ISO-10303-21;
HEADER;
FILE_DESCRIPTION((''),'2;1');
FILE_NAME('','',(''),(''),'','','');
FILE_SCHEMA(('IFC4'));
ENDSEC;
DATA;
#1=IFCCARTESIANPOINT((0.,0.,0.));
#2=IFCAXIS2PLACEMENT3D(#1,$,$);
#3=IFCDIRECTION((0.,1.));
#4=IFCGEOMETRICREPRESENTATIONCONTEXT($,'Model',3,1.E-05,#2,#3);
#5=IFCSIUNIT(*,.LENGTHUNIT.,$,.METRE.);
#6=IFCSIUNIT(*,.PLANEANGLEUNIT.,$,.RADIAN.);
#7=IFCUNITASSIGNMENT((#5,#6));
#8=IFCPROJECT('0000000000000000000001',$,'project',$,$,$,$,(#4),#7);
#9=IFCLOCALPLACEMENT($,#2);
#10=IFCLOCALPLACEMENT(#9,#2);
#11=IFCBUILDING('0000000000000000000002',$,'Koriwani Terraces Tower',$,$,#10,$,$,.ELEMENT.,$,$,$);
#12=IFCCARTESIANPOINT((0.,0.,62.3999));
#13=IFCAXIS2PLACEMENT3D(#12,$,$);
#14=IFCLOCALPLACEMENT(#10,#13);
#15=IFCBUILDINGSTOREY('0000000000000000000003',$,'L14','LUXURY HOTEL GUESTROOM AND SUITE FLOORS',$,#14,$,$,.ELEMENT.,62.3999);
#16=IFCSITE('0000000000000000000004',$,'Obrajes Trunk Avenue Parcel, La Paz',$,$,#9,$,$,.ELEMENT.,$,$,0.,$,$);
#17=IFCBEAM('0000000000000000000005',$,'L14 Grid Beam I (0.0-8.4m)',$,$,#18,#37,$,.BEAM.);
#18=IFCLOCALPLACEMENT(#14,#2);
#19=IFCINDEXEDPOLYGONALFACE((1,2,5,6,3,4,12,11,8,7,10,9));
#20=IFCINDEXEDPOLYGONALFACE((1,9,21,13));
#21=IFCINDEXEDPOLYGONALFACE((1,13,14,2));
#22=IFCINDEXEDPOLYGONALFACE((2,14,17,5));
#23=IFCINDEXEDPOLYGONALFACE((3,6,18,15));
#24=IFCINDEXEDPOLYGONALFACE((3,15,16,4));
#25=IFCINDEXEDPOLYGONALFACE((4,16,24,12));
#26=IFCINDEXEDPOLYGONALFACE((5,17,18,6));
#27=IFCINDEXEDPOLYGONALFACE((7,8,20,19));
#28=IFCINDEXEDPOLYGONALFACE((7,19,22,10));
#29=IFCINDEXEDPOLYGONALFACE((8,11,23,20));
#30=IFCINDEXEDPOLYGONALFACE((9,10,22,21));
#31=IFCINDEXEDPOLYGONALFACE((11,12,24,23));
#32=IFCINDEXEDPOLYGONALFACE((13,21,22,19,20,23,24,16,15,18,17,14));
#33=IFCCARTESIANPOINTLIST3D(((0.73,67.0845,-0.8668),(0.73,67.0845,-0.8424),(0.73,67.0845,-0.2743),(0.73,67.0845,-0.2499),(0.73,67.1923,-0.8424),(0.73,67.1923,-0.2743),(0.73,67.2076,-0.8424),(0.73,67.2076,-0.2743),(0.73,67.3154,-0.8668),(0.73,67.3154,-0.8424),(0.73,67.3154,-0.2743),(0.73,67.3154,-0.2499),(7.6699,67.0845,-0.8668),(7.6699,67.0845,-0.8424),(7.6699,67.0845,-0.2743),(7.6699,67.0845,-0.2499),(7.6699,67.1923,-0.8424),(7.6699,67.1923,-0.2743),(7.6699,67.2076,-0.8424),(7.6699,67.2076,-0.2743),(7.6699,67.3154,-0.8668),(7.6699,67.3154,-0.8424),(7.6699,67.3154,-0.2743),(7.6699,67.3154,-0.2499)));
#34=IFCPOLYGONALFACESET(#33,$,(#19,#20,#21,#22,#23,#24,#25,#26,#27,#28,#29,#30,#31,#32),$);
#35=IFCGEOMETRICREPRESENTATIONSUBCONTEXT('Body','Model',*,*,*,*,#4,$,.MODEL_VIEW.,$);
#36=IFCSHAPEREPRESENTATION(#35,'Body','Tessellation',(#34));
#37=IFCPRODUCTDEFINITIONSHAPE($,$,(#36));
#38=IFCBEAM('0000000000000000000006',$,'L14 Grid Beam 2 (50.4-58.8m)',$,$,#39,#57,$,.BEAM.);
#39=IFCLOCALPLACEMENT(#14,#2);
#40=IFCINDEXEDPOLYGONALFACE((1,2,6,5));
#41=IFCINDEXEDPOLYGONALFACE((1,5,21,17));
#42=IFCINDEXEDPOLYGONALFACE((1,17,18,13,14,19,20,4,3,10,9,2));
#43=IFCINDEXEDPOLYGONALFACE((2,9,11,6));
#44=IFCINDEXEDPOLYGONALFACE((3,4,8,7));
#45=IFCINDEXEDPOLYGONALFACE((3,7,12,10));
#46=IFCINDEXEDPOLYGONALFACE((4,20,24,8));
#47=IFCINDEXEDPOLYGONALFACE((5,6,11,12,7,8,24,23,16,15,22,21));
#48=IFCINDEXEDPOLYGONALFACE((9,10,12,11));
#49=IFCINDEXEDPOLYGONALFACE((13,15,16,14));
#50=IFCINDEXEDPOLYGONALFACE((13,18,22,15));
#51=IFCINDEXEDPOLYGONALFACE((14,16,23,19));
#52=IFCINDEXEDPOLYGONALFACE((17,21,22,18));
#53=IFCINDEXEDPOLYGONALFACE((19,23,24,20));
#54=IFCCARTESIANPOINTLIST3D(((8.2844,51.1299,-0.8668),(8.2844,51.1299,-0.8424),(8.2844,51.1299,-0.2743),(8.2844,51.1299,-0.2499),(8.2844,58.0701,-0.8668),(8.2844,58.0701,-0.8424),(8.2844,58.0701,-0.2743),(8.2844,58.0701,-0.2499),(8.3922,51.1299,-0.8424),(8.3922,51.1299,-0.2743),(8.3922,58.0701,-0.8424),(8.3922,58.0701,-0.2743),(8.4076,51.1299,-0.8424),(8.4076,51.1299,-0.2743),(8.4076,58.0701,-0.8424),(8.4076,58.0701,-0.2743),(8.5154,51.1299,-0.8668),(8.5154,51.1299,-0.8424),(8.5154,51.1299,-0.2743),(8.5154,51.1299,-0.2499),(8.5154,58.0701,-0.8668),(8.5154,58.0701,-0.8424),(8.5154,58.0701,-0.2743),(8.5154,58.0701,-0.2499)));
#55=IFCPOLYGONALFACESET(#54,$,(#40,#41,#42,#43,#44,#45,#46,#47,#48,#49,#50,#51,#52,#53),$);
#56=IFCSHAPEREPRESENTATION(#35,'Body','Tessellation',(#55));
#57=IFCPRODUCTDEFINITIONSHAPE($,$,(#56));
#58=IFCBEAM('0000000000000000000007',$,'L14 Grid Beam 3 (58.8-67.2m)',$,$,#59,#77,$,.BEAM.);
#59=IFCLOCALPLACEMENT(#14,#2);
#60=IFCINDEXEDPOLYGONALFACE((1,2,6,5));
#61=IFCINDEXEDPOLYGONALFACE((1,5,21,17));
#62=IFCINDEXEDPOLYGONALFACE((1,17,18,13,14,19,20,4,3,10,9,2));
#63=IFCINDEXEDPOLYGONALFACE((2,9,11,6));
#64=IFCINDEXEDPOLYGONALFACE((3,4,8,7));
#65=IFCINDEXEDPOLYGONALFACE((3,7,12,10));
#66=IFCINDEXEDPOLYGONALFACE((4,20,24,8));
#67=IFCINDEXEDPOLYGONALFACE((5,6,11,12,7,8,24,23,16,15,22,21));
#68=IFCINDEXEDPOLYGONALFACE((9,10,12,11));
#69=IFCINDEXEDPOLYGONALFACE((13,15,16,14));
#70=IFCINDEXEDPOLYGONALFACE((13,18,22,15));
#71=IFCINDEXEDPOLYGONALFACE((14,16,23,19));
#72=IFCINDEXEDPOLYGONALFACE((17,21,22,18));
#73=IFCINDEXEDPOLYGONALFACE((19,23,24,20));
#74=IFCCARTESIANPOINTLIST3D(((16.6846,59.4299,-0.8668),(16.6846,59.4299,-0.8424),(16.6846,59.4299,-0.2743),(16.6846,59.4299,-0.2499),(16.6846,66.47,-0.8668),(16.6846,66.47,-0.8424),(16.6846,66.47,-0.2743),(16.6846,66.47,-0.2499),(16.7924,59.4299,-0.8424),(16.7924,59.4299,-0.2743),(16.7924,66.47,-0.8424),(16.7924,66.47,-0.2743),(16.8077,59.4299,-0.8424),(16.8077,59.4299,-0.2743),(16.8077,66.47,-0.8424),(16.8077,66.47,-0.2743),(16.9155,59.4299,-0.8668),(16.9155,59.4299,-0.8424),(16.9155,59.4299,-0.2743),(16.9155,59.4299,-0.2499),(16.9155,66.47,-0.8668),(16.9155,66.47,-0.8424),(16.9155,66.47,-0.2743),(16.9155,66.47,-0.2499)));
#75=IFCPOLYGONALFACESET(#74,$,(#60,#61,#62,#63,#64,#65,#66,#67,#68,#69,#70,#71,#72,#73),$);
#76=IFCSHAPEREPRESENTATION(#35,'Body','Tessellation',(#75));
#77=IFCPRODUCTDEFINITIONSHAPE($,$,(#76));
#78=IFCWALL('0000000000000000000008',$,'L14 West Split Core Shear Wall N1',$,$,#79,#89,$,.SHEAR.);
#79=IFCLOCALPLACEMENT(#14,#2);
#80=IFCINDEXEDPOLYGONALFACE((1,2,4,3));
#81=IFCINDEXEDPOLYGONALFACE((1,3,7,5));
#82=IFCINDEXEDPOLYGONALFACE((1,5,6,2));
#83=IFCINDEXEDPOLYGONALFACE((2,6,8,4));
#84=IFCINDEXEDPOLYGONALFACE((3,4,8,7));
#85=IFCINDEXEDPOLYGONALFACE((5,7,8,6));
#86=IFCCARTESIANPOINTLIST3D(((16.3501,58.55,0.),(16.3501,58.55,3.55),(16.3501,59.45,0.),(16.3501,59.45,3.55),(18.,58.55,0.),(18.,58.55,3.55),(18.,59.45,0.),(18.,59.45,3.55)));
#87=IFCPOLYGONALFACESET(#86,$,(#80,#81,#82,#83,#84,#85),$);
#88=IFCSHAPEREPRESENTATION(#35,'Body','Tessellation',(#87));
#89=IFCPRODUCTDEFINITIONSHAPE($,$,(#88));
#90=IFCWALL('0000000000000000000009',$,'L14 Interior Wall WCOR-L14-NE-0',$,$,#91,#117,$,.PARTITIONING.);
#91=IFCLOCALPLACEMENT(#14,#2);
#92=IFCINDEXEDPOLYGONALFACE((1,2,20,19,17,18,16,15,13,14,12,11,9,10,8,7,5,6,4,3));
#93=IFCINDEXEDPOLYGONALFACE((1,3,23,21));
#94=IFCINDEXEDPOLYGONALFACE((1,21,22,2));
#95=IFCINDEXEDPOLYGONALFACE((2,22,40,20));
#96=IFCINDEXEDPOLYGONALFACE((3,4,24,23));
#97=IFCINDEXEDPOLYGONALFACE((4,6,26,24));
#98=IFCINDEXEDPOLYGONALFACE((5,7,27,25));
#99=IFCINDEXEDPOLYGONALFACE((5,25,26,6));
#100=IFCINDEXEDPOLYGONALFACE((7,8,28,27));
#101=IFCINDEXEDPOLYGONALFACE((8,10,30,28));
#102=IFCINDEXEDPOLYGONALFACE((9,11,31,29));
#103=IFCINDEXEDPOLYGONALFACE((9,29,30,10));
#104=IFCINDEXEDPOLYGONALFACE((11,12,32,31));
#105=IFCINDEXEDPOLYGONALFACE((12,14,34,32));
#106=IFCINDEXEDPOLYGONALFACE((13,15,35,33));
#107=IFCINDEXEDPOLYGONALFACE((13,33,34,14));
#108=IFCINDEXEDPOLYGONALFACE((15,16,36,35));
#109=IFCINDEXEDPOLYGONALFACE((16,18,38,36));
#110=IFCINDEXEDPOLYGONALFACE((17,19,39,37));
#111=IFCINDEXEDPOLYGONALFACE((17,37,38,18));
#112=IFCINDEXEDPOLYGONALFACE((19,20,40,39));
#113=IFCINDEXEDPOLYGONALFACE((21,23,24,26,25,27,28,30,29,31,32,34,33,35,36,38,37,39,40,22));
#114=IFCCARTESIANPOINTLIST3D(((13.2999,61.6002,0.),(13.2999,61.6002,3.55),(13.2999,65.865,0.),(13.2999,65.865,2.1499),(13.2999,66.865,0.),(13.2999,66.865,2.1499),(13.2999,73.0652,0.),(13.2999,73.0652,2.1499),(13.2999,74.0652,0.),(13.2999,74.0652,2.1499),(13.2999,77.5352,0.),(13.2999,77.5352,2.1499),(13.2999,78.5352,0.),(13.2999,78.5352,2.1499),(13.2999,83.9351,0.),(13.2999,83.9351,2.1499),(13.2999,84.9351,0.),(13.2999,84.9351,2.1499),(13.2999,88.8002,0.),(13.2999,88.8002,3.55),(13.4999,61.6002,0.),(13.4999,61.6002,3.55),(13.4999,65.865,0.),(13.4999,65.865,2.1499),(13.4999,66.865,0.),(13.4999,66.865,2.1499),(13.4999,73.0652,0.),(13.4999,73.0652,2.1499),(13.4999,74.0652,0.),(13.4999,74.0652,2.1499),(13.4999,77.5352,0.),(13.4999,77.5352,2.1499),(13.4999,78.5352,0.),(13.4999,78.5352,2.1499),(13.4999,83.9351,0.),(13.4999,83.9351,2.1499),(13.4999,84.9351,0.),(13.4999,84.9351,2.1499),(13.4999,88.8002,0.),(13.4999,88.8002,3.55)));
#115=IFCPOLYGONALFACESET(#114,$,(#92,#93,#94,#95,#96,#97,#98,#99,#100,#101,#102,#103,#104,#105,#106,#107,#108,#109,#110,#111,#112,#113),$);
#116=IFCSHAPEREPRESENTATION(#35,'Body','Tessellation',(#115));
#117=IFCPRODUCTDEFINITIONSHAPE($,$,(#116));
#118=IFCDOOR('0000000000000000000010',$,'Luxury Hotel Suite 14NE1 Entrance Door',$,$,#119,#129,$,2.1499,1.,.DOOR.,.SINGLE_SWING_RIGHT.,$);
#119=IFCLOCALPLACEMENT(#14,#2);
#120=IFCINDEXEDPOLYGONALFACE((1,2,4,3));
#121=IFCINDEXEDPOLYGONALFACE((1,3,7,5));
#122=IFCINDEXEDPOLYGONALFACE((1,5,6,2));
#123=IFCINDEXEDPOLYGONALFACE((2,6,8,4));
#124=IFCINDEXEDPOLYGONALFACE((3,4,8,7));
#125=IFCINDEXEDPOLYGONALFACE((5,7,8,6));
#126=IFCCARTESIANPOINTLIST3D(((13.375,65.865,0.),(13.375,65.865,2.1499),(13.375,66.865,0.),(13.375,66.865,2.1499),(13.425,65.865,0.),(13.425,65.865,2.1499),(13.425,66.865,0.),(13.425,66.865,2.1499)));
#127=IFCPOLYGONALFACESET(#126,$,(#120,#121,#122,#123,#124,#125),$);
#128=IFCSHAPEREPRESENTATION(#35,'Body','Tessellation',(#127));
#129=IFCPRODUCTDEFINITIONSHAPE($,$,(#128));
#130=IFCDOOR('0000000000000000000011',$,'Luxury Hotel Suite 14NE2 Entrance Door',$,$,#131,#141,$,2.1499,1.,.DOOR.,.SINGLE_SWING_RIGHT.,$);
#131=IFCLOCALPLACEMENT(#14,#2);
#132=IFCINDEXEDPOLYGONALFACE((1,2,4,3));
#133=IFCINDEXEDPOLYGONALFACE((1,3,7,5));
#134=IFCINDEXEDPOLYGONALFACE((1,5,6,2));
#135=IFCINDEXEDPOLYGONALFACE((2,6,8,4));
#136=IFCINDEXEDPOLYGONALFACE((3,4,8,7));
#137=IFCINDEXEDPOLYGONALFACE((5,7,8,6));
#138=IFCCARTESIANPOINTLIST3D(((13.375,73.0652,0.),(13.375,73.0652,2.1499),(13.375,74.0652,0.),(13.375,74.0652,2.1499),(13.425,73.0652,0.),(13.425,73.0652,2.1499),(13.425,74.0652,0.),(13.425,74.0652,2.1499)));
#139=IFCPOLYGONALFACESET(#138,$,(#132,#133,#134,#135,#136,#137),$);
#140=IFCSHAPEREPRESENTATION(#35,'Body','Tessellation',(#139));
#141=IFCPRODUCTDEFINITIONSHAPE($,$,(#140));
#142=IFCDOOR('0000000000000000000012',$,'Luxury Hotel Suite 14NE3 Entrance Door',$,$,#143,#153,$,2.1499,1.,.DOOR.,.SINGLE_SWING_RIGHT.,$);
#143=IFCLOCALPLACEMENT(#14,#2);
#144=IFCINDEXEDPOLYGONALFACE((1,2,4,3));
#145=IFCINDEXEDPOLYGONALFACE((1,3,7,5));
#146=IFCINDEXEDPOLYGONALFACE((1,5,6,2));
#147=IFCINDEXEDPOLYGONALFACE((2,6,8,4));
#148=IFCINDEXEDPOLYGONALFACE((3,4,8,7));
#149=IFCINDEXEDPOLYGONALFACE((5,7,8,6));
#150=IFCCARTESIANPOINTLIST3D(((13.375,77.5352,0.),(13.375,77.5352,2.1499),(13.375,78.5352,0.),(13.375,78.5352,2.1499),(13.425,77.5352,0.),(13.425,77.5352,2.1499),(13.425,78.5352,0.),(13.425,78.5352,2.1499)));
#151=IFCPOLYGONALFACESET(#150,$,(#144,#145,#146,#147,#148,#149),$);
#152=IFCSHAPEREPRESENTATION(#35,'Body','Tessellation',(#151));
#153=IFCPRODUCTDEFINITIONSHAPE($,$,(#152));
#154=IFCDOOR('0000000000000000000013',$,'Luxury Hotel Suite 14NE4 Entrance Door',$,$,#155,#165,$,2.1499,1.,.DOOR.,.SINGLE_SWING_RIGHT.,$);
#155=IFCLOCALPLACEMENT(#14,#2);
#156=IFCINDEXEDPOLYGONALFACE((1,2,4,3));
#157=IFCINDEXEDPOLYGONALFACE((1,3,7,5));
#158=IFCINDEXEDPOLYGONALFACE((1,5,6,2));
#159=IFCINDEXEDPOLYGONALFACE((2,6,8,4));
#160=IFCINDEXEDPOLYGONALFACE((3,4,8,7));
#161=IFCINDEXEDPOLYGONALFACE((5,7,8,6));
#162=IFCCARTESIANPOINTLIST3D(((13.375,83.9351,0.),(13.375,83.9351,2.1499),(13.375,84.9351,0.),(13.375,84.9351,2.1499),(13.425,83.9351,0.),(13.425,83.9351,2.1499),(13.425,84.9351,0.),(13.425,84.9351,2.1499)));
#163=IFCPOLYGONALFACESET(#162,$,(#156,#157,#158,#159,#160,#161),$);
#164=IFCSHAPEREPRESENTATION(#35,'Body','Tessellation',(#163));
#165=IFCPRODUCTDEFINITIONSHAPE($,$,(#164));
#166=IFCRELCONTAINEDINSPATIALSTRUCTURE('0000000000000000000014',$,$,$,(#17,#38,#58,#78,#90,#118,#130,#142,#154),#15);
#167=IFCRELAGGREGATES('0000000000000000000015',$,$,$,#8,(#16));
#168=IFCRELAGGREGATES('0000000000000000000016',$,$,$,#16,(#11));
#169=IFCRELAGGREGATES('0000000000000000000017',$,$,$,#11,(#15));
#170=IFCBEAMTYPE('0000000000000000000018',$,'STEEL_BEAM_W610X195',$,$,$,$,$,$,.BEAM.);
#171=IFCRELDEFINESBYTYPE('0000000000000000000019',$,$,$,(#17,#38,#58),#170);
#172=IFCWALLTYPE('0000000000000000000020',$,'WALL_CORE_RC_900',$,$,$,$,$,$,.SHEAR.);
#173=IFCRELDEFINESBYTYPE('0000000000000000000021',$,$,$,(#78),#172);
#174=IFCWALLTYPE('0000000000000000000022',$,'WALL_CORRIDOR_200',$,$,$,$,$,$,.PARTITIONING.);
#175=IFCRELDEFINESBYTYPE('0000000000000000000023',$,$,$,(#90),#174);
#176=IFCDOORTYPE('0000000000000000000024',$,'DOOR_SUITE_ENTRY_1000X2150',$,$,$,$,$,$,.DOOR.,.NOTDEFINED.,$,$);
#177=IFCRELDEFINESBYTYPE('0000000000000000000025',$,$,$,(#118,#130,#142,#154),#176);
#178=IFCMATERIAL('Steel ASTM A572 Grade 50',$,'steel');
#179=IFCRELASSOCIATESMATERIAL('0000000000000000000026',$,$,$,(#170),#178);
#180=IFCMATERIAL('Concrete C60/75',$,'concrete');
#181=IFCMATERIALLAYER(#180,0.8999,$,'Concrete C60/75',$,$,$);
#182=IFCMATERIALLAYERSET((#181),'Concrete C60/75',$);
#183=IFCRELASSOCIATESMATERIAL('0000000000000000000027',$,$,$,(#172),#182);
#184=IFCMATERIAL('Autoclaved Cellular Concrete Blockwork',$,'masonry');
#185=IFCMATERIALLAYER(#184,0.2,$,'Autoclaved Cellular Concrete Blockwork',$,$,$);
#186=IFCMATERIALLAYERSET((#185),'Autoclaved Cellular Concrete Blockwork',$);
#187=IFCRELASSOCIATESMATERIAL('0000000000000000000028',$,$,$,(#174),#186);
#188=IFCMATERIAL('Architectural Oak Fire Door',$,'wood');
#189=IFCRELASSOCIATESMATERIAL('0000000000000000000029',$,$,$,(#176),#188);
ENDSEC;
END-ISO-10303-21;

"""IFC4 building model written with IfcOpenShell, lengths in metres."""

from ifc_helpers import new_model, si_unit, direction, frame, frame_2d, origin, origin_2d, place, context, subcontext, project, spatial, rectangle, i_section, extrude, material, layer, layer_set, material_profile, profile_set, type_object, element, fill, save


model = new_model("IFC4")

# Units and contexts
model_context = context("Model", 3, precision=1e-05, world=origin(), true_north=direction((0.0, 1.0)))
body_context = subcontext(model_context, "Body", "Model", "MODEL_VIEW")
ifc_project = project(units=[si_unit("LENGTHUNIT", "METRE"), si_unit("PLANEANGLEUNIT", "RADIAN")], contexts=[model_context])

# Site, building, storey
site_placement = place(None, origin())
site = spatial("IfcSite", under=ifc_project, at=site_placement, Name="Obrajes Trunk Avenue Parcel, La Paz", CompositionType="ELEMENT", RefElevation=0.0)
building_placement = place(site_placement, origin())
building = spatial("IfcBuilding", under=site, at=building_placement, Name="Koriwani Terraces Tower", CompositionType="ELEMENT")
storey_placement = place(building_placement, frame((0.0, 0.0, 62.3999)))
storey = spatial("IfcBuildingStorey", under=building, at=storey_placement, Name="L14", Description="LUXURY HOTEL GUESTROOM AND SUITE FLOORS", CompositionType="ELEMENT", Elevation=62.3999)

# Shared definitions
ifc_material_1 = material(Name="Concrete C60/75", Category="concrete")

# Beams
ifc_material_2 = material(Name="Steel ASTM A572 Grade 50", Category="steel")
ifc_material_profile_1 = material_profile(ifc_material_2, i_section(OverallWidth=0.231, OverallDepth=0.6169, WebThickness=0.0154, FlangeThickness=0.0244, at=origin_2d()), Name="Steel ASTM A572 Grade 50", Category="LoadBearing")
ifc_profile_set_1 = profile_set([ifc_material_profile_1], Name="Steel ASTM A572 Grade 50")
beam_type_1 = type_object("IfcBeamType", Name="STEEL_BEAM_W610X195", PredefinedType="BEAM", material=ifc_profile_set_1)
beam_1_placement = place(storey_placement, frame((0.73, 67.2, -0.5583), z_axis=(1.0, 0.0, 0.0), x_axis=(0.0, 1.0, 0.0)))
element("IfcBeam", 1, at=beam_1_placement, inside=storey, type_object=beam_type_1, Name="L14 Grid Beam I (0.0-8.4m)", PredefinedType="BEAM", context=body_context, shape_type="SweptSolid", body=[
    extrude(i_section(OverallWidth=0.231, OverallDepth=0.6169, WebThickness=0.0154, FlangeThickness=0.0244, at=origin_2d()), origin(), (0.0, 0.0, 1.0), 6.9399),
])
beam_2_placement = place(storey_placement, frame((8.3999, 51.1299, -0.5583), z_axis=(0.0, 1.0, 0.0), x_axis=(-1.0, 0.0, 0.0)))
element("IfcBeam", 2, at=beam_2_placement, inside=storey, type_object=beam_type_1, Name="L14 Grid Beam 2 (50.4-58.8m)", PredefinedType="BEAM", context=body_context, shape_type="SweptSolid", body=[
    extrude(i_section(OverallWidth=0.231, OverallDepth=0.6169, WebThickness=0.0154, FlangeThickness=0.0244, at=origin_2d()), origin(), (0.0, 0.0, 1.0), 6.9402),
])
beam_3_placement = place(storey_placement, frame((16.8, 59.4299, -0.5583), z_axis=(0.0, 1.0, 0.0), x_axis=(-1.0, 0.0, 0.0)))
element("IfcBeam", 3, at=beam_3_placement, inside=storey, type_object=beam_type_1, Name="L14 Grid Beam 3 (58.8-67.2m)", PredefinedType="BEAM", context=body_context, shape_type="SweptSolid", body=[
    extrude(i_section(OverallWidth=0.231, OverallDepth=0.6169, WebThickness=0.0154, FlangeThickness=0.0244, at=origin_2d()), origin(), (0.0, 0.0, 1.0), 7.04),
])

# Wall
ifc_layer_1 = layer(ifc_material_1, 0.8999, Name="Concrete C60/75")
ifc_layer_set_1 = layer_set([ifc_layer_1], Name="Concrete C60/75")
wall_type_1 = type_object("IfcWallType", Name="WALL_CORE_RC_900", PredefinedType="SHEAR", material=ifc_layer_set_1)
wall_1_placement = place(storey_placement, frame((16.3501, 59.0, 0.0), z_axis=(0.0, 0.0, 1.0), x_axis=(1.0, 0.0, 0.0)))
element("IfcWall", 4, at=wall_1_placement, inside=storey, type_object=wall_type_1, Name="L14 West Split Core Shear Wall N1", PredefinedType="SHEAR", context=body_context, shape_type="SweptSolid", body=[
    extrude(rectangle(XDim=1.6499, YDim=0.8999, at=frame_2d((0.825, 0.0))), origin(), (0.0, 0.0, 1.0), 3.55),
])

# Wall, openings, doors
ifc_material_3 = material(Name="Autoclaved Cellular Concrete Blockwork", Category="masonry")
ifc_layer_2 = layer(ifc_material_3, 0.2, Name="Autoclaved Cellular Concrete Blockwork")
ifc_layer_set_2 = layer_set([ifc_layer_2], Name="Autoclaved Cellular Concrete Blockwork")
wall_type_2 = type_object("IfcWallType", Name="WALL_CORRIDOR_200", PredefinedType="PARTITIONING", material=ifc_layer_set_2)
wall_2_placement = place(storey_placement, frame((13.3999, 61.6001, 0.0), z_axis=(0.0, 0.0, 1.0), x_axis=(0.0, 1.0, 0.0)))
wall_2 = element("IfcWall", 5, at=wall_2_placement, inside=storey, type_object=wall_type_2, Name="L14 Interior Wall WCOR-L14-NE-0", PredefinedType="PARTITIONING", context=body_context, shape_type="SweptSolid", body=[
    extrude(rectangle(XDim=27.2, YDim=0.2, at=frame_2d((13.6001, 0.0))), origin(), (0.0, 0.0, 1.0), 3.55),
])
opening_1_placement = place(wall_2_placement, frame((4.2649, 0.0, 0.0)))
opening_1 = element("IfcOpeningElement", 6, at=opening_1_placement, cuts=wall_2, PredefinedType="OPENING", context=body_context, shape_type="SweptSolid", body=[
    extrude(rectangle(XDim=1.0, YDim=2.1499, at=frame_2d((0.5, 1.075))), frame((0.0, 0.1099, 0.0), z_axis=(0.0, -1.0, 0.0), x_axis=(1.0, 0.0, 0.0)), (0.0, 0.0, 1.0), 0.22),
])
opening_2_placement = place(wall_2_placement, frame((11.4651, 0.0, 0.0)))
opening_2 = element("IfcOpeningElement", 7, at=opening_2_placement, cuts=wall_2, PredefinedType="OPENING", context=body_context, shape_type="SweptSolid", body=[
    extrude(rectangle(XDim=1.0, YDim=2.1499, at=frame_2d((0.5, 1.075))), frame((0.0, 0.1099, 0.0), z_axis=(0.0, -1.0, 0.0), x_axis=(1.0, 0.0, 0.0)), (0.0, 0.0, 1.0), 0.22),
])
opening_3_placement = place(wall_2_placement, frame((15.9351, 0.0, 0.0)))
opening_3 = element("IfcOpeningElement", 8, at=opening_3_placement, cuts=wall_2, PredefinedType="OPENING", context=body_context, shape_type="SweptSolid", body=[
    extrude(rectangle(XDim=1.0, YDim=2.1499, at=frame_2d((0.5, 1.075))), frame((0.0, 0.1099, 0.0), z_axis=(0.0, -1.0, 0.0), x_axis=(1.0, 0.0, 0.0)), (0.0, 0.0, 1.0), 0.22),
])
opening_4_placement = place(wall_2_placement, frame((22.335, 0.0, 0.0)))
opening_4 = element("IfcOpeningElement", 9, at=opening_4_placement, cuts=wall_2, PredefinedType="OPENING", context=body_context, shape_type="SweptSolid", body=[
    extrude(rectangle(XDim=1.0, YDim=2.1499, at=frame_2d((0.5, 1.075))), frame((0.0, 0.1099, 0.0), z_axis=(0.0, -1.0, 0.0), x_axis=(1.0, 0.0, 0.0)), (0.0, 0.0, 1.0), 0.22),
])
ifc_material_4 = material(Name="Architectural Oak Fire Door", Category="wood")
door_type = type_object("IfcDoorType", Name="DOOR_SUITE_ENTRY_1000X2150", OperationType="NOTDEFINED", PredefinedType="DOOR", material=ifc_material_4)
door_1_placement = place(opening_1_placement, origin())
door_1 = element("IfcDoor", 10, at=door_1_placement, inside=storey, type_object=door_type, Name="Luxury Hotel Suite 14NE1 Entrance Door", OperationType="SINGLE_SWING_RIGHT", OverallHeight=2.1499, OverallWidth=1.0, PredefinedType="DOOR", context=body_context, shape_type="SweptSolid", body=[
    extrude(rectangle(XDim=1.0, YDim=2.1499, at=frame_2d((0.5, 1.075))), frame((0.0, 0.0249, 0.0), z_axis=(0.0, -1.0, 0.0), x_axis=(1.0, 0.0, 0.0)), (0.0, 0.0, 1.0), 0.05),
])
fill(opening_1, door_1)
door_2_placement = place(opening_2_placement, origin())
door_2 = element("IfcDoor", 11, at=door_2_placement, inside=storey, type_object=door_type, Name="Luxury Hotel Suite 14NE2 Entrance Door", OperationType="SINGLE_SWING_RIGHT", OverallHeight=2.1499, OverallWidth=1.0, PredefinedType="DOOR", context=body_context, shape_type="SweptSolid", body=[
    extrude(rectangle(XDim=1.0, YDim=2.1499, at=frame_2d((0.5, 1.075))), frame((0.0, 0.0249, 0.0), z_axis=(0.0, -1.0, 0.0), x_axis=(1.0, 0.0, 0.0)), (0.0, 0.0, 1.0), 0.05),
])
fill(opening_2, door_2)
door_3_placement = place(opening_3_placement, origin())
door_3 = element("IfcDoor", 12, at=door_3_placement, inside=storey, type_object=door_type, Name="Luxury Hotel Suite 14NE3 Entrance Door", OperationType="SINGLE_SWING_RIGHT", OverallHeight=2.1499, OverallWidth=1.0, PredefinedType="DOOR", context=body_context, shape_type="SweptSolid", body=[
    extrude(rectangle(XDim=1.0, YDim=2.1499, at=frame_2d((0.5, 1.075))), frame((0.0, 0.0249, 0.0), z_axis=(0.0, -1.0, 0.0), x_axis=(1.0, 0.0, 0.0)), (0.0, 0.0, 1.0), 0.05),
])
fill(opening_3, door_3)
door_4_placement = place(opening_4_placement, origin())
door_4 = element("IfcDoor", 13, at=door_4_placement, inside=storey, type_object=door_type, Name="Luxury Hotel Suite 14NE4 Entrance Door", OperationType="SINGLE_SWING_RIGHT", OverallHeight=2.1499, OverallWidth=1.0, PredefinedType="DOOR", context=body_context, shape_type="SweptSolid", body=[
    extrude(rectangle(XDim=1.0, YDim=2.1499, at=frame_2d((0.5, 1.075))), frame((0.0, 0.0249, 0.0), z_axis=(0.0, -1.0, 0.0), x_axis=(1.0, 0.0, 0.0)), (0.0, 0.0, 1.0), 0.05),
])
fill(opening_4, door_4)

save(model, "model.ifc")
